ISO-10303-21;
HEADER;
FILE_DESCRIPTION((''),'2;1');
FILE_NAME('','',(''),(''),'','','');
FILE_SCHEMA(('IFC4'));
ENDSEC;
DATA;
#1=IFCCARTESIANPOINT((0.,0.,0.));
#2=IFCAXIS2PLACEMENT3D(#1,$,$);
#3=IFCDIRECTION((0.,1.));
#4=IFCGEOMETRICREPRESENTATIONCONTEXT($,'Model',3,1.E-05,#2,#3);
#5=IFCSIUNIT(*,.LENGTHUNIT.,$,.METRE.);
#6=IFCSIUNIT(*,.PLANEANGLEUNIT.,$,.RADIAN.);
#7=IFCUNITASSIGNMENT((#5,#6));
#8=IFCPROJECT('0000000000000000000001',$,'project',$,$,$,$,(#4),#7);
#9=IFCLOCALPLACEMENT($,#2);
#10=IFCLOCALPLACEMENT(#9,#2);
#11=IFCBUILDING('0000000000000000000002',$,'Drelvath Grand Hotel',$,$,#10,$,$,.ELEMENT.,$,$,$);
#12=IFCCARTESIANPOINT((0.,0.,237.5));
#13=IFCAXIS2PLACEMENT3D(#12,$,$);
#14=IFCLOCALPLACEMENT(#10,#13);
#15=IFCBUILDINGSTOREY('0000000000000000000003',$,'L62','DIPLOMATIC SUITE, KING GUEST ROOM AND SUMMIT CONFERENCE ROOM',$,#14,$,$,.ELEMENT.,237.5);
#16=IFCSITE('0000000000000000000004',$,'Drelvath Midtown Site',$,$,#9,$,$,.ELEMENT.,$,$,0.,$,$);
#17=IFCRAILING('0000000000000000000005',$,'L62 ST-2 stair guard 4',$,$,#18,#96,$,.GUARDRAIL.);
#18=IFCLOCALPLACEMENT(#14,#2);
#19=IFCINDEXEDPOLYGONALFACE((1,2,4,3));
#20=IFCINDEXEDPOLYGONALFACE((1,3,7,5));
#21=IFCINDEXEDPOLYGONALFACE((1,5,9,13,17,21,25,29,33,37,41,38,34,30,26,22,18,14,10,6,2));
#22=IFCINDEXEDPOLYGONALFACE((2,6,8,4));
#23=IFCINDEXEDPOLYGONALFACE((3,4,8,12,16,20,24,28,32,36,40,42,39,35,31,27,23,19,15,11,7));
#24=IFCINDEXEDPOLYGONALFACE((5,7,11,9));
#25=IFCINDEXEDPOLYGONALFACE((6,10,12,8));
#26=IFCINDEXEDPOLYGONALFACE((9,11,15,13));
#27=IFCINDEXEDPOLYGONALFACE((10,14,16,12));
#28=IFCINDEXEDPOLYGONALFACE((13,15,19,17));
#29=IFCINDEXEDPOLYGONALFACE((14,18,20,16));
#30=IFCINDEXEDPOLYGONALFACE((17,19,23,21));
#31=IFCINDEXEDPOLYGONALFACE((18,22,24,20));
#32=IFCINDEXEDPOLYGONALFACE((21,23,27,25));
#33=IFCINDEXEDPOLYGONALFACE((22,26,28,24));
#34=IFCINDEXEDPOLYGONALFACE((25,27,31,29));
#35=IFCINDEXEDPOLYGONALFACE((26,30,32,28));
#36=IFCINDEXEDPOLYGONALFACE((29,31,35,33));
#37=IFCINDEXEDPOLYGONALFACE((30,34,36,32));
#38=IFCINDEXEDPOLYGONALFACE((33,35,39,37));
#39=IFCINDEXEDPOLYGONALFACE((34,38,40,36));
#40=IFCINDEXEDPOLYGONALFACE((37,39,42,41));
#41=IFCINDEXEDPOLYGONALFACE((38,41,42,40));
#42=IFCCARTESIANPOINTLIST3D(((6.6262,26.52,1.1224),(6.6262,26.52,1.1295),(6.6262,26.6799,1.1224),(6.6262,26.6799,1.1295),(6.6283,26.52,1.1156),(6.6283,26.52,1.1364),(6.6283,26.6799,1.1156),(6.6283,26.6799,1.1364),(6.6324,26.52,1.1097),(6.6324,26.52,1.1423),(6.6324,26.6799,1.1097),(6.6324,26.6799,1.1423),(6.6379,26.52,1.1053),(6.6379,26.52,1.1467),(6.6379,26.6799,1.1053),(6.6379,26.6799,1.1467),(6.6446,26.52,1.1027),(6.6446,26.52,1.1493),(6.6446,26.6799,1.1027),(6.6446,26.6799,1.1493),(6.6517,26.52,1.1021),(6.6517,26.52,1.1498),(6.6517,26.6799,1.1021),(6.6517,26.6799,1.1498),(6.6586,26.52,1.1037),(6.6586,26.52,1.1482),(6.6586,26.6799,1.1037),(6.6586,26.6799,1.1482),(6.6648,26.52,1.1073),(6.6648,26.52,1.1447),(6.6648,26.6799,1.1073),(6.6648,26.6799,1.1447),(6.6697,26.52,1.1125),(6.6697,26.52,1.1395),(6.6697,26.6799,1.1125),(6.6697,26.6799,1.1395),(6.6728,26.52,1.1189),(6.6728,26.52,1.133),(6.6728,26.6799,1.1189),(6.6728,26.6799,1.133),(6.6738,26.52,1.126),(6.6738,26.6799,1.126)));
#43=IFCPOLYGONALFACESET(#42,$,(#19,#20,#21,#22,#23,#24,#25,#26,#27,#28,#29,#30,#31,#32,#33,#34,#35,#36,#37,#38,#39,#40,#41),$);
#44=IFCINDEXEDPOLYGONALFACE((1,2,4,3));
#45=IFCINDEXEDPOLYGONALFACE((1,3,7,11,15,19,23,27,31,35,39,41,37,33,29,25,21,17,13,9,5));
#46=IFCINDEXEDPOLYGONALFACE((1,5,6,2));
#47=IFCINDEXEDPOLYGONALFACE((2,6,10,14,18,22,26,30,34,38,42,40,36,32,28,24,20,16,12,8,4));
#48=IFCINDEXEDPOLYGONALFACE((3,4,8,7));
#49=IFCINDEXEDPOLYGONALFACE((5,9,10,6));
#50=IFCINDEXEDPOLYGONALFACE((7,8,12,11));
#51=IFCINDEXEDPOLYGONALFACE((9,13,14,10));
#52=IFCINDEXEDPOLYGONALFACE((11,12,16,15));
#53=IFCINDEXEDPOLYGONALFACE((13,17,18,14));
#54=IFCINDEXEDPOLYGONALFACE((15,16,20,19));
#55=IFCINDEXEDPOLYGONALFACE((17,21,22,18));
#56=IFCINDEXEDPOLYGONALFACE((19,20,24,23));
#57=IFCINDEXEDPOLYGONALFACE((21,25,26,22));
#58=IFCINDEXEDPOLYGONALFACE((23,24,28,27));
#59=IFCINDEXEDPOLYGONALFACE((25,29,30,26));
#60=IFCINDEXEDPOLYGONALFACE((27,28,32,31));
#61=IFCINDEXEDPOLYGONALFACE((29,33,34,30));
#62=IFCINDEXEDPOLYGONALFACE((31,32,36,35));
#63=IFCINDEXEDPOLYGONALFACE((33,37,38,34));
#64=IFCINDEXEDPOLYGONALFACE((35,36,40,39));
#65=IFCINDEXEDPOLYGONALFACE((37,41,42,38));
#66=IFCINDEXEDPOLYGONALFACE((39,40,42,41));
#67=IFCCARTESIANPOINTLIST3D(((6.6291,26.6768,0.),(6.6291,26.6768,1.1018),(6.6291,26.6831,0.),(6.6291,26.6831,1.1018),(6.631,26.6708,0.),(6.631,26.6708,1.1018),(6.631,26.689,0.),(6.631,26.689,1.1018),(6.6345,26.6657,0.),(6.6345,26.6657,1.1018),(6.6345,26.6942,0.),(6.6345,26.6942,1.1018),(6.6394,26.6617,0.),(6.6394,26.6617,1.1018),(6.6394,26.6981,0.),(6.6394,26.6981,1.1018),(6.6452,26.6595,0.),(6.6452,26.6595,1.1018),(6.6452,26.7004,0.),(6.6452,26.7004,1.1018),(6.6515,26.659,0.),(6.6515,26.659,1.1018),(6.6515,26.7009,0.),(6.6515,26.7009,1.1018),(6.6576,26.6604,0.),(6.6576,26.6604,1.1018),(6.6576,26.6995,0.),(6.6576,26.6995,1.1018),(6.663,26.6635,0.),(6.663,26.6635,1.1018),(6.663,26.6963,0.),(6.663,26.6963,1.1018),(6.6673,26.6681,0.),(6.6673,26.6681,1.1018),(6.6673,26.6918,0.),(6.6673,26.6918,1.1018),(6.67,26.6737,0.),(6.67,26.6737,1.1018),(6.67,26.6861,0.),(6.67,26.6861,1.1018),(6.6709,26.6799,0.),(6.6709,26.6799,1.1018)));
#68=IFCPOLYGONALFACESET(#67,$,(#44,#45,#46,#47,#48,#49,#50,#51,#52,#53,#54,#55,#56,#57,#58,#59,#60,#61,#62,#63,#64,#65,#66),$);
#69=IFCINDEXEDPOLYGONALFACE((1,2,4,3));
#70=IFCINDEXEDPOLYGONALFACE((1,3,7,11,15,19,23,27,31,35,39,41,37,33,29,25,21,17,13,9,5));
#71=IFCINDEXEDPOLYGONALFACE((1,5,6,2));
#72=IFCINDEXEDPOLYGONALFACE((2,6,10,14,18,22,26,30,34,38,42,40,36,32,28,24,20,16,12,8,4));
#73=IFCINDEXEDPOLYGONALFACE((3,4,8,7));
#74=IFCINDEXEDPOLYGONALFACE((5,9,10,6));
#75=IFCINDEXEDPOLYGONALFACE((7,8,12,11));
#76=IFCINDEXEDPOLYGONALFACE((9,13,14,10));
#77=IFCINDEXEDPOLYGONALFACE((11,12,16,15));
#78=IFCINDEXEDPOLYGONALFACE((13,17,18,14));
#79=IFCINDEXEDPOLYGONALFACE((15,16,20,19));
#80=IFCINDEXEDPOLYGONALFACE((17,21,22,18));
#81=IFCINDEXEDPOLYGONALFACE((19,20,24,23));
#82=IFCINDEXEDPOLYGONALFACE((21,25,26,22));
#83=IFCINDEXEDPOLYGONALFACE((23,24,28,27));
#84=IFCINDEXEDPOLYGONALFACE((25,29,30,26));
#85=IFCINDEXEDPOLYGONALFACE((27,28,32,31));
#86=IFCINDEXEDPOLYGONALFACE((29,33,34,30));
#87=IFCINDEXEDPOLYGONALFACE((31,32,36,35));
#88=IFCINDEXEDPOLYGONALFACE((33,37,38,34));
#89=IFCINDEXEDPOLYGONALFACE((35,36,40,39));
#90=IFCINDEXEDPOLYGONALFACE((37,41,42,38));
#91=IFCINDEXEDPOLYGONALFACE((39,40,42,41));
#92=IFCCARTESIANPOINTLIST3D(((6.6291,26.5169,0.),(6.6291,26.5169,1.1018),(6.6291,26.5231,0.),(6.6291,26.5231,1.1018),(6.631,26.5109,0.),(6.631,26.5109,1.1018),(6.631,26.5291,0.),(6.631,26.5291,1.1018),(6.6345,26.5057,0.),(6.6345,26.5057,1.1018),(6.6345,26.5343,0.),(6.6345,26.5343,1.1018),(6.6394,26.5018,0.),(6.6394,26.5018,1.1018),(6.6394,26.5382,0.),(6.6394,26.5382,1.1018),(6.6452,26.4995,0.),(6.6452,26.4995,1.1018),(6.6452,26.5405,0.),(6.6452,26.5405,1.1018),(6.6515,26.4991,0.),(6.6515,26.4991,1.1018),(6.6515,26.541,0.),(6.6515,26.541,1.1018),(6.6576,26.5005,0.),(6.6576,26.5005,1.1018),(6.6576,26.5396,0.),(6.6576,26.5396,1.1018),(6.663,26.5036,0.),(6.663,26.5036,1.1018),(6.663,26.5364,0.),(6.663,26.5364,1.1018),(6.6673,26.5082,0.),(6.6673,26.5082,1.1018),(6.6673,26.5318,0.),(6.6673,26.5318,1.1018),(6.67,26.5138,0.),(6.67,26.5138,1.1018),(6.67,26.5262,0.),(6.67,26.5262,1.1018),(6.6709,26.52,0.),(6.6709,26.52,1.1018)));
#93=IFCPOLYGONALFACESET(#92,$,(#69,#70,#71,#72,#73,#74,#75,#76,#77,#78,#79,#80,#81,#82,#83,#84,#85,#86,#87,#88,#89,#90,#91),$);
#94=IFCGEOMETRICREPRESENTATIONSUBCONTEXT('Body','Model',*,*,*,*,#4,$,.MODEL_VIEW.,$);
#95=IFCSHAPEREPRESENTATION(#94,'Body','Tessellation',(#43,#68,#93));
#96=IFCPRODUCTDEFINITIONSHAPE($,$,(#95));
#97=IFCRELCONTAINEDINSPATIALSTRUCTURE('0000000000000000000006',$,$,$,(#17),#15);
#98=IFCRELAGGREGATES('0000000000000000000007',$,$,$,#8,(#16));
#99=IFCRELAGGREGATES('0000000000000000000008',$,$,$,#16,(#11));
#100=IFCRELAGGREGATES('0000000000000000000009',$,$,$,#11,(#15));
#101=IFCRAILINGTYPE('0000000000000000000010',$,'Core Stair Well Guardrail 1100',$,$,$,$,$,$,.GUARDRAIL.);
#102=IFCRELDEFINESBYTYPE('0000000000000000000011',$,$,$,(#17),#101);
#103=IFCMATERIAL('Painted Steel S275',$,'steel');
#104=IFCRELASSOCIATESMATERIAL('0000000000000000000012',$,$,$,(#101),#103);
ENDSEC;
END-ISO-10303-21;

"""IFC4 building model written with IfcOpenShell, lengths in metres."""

from ifc_helpers import new_model, si_unit, direction, frame, origin, origin_2d, place, context, subcontext, project, spatial, circle, extrude, material, type_object, element, save


model = new_model("IFC4")

# Units and contexts
model_context = context("Model", 3, precision=1e-05, world=origin(), true_north=direction((0.0, 1.0)))
body_context = subcontext(model_context, "Body", "Model", "MODEL_VIEW")
ifc_project = project(units=[si_unit("LENGTHUNIT", "METRE"), si_unit("PLANEANGLEUNIT", "RADIAN")], contexts=[model_context])

# Site, building, storey
site_placement = place(None, origin())
site = spatial("IfcSite", under=ifc_project, at=site_placement, Name="Drelvath Midtown Site", CompositionType="ELEMENT", RefElevation=0.0)
building_placement = place(site_placement, origin())
building = spatial("IfcBuilding", under=site, at=building_placement, Name="Drelvath Grand Hotel", CompositionType="ELEMENT")
storey_placement = place(building_placement, frame((0.0, 0.0, 237.5)))
storey = spatial("IfcBuildingStorey", under=building, at=storey_placement, Name="L62", Description="DIPLOMATIC SUITE, KING GUEST ROOM AND SUMMIT CONFERENCE ROOM", CompositionType="ELEMENT", Elevation=237.5)

# Railing
ifc_material_1 = material(Name="Painted Steel S275", Category="steel")
railing_type_1 = type_object("IfcRailingType", Name="Core Stair Well Guardrail 1100", PredefinedType="GUARDRAIL", material=ifc_material_1)
railing_1_placement = place(storey_placement, frame((6.6499, 26.6799, 0.0)))
element("IfcRailing", 1, at=railing_1_placement, inside=storey, type_object=railing_type_1, Name="L62 ST-2 stair guard 4", PredefinedType="GUARDRAIL", context=body_context, shape_type="SweptSolid", body=[
    extrude(circle(Radius=0.0239, at=origin_2d()), frame((0.0, 0.0, 1.126), z_axis=(0.0, -1.0, 0.0), x_axis=(1.0, 0.0, 0.0)), (0.0, 0.0, 1.0), 0.1599),
    extrude(circle(Radius=0.021, at=origin_2d()), origin(), (0.0, 0.0, 1.0), 1.1018),
    extrude(circle(Radius=0.021, at=origin_2d()), frame((0.0, -0.1599, 0.0)), (0.0, 0.0, 1.0), 1.1018),
])

save(model, "model.ifc")
